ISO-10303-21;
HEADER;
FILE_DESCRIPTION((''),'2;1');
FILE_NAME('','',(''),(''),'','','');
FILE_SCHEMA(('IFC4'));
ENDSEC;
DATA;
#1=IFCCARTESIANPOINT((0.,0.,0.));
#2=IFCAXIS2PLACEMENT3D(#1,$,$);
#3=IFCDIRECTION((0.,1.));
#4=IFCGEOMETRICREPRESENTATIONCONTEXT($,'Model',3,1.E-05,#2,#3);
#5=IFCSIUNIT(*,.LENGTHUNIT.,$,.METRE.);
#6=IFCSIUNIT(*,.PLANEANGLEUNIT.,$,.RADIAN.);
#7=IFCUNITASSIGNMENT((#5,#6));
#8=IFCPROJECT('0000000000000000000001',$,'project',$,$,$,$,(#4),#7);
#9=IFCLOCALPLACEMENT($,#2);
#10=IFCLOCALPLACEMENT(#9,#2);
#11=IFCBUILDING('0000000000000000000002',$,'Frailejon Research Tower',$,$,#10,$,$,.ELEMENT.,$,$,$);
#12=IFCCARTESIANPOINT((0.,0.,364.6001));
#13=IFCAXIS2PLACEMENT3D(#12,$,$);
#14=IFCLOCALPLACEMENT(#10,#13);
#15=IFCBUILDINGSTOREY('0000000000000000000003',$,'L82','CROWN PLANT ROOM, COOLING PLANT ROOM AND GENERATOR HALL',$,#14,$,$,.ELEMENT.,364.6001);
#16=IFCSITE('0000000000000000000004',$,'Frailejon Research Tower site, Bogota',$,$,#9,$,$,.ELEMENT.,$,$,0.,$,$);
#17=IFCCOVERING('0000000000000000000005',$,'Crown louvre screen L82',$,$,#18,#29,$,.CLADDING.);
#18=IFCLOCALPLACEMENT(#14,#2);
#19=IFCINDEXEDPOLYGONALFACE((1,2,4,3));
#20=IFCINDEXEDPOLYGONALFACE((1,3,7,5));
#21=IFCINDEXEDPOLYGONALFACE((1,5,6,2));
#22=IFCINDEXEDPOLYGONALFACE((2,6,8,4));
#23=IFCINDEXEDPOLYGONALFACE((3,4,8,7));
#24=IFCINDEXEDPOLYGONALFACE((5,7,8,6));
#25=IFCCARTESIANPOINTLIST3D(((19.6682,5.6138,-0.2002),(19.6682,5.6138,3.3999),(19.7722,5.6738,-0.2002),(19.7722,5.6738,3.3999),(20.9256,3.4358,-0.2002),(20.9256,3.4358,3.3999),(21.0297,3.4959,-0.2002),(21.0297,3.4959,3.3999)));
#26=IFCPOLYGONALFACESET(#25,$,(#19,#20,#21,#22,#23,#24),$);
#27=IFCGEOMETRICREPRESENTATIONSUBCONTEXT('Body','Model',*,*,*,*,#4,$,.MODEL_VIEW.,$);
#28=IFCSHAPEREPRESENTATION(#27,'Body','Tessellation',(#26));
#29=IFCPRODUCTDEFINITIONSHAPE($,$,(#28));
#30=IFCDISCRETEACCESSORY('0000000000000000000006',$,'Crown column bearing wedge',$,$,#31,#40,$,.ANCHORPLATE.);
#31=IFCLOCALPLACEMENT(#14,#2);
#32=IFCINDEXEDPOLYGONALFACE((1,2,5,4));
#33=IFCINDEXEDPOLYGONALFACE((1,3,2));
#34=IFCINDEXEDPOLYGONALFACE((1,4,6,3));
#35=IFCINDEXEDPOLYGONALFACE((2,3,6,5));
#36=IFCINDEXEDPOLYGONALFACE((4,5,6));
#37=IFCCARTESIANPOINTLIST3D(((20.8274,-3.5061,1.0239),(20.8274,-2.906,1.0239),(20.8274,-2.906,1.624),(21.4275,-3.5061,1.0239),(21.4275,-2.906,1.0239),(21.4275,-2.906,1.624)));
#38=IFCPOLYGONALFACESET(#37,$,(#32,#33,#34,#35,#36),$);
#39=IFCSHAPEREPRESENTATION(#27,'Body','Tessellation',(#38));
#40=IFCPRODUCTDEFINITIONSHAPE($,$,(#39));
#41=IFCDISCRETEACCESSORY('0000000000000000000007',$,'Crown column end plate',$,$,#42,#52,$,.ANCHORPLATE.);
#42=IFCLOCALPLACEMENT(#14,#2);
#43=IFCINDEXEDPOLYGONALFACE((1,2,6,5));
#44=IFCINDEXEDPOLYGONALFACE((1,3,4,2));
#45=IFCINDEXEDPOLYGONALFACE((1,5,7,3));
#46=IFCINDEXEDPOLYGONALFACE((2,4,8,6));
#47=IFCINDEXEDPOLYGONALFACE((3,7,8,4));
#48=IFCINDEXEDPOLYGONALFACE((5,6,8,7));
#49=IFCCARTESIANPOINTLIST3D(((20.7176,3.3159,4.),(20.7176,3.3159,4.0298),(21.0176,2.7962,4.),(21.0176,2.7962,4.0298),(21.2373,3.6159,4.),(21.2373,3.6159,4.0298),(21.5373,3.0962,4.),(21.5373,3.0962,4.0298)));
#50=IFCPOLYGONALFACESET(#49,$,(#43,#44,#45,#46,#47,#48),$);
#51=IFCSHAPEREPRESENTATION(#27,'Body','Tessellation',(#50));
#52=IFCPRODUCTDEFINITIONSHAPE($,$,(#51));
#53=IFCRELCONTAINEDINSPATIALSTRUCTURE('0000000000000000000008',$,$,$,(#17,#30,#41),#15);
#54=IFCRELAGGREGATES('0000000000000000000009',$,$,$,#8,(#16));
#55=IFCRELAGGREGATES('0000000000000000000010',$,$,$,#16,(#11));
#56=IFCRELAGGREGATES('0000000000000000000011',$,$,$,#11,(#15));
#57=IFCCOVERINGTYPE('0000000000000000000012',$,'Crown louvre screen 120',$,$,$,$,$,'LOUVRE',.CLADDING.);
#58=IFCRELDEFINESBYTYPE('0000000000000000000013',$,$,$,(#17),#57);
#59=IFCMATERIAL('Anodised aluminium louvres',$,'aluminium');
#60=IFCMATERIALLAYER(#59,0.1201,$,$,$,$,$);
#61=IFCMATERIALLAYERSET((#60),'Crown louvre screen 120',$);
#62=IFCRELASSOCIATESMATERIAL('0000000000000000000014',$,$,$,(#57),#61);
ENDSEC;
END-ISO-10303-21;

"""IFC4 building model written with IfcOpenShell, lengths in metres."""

from ifc_helpers import new_model, si_unit, direction, frame, origin, origin_2d, place, context, subcontext, project, spatial, polyline, rectangle, outline, extrude, material, layer, layer_set, type_object, element, save


model = new_model("IFC4")

# Units and contexts
model_context = context("Model", 3, precision=1e-05, world=origin(), true_north=direction((0.0, 1.0)))
body_context = subcontext(model_context, "Body", "Model", "MODEL_VIEW")
ifc_project = project(units=[si_unit("LENGTHUNIT", "METRE"), si_unit("PLANEANGLEUNIT", "RADIAN")], contexts=[model_context])

# Site, building, storey
site_placement = place(None, origin())
site = spatial("IfcSite", under=ifc_project, at=site_placement, Name="Frailejon Research Tower site, Bogota", CompositionType="ELEMENT", RefElevation=0.0)
building_placement = place(site_placement, origin())
building = spatial("IfcBuilding", under=site, at=building_placement, Name="Frailejon Research Tower", CompositionType="ELEMENT")
storey_placement = place(building_placement, frame((0.0, 0.0, 364.6001)))
storey = spatial("IfcBuildingStorey", under=building, at=storey_placement, Name="L82", Description="CROWN PLANT ROOM, COOLING PLANT ROOM AND GENERATOR HALL", CompositionType="ELEMENT", Elevation=364.6001)

# Covering
ifc_material_1 = material(Name="Anodised aluminium louvres", Category="aluminium")
ifc_layer_1 = layer(ifc_material_1, 0.1201)
ifc_layer_set_1 = layer_set([ifc_layer_1], Name="Crown louvre screen 120")
covering_type = type_object("IfcCoveringType", Name="Crown louvre screen 120", ElementType="LOUVRE", PredefinedType="CLADDING", material=ifc_layer_set_1)
covering_1_placement = place(storey_placement, frame((19.7202, 5.6438, -0.2002), z_axis=(0.499997, -0.866027, 0.0), x_axis=(0.866027, 0.499997, 0.0)))
element("IfcCovering", 1, at=covering_1_placement, inside=storey, type_object=covering_type, Name="Crown louvre screen L82", PredefinedType="CLADDING", context=body_context, shape_type="SweptSolid", body=[
    extrude(outline(polyline([(-0.0601, 0.0), (0.0601, 0.0), (0.0601, 3.6001), (-0.0601, 3.6001), (-0.0601, 0.0)])), origin(), (0.0, 0.0, 1.0), 2.5149),
])

# Discrete accessories
discrete_accessory_1_placement = place(storey_placement, frame((20.8274, -3.2061, 1.0239), z_axis=(1.0, 0.0, 0.0), x_axis=(0.0, 1.0, 0.0)))
element("IfcDiscreteAccessory", 2, at=discrete_accessory_1_placement, inside=storey, Name="Crown column bearing wedge", PredefinedType="ANCHORPLATE", context=body_context, shape_type="SweptSolid", body=[
    extrude(outline(polyline([(-0.3, 0.0), (0.3, 0.0), (0.3, 0.6001), (-0.3, 0.0)])), origin(), (0.0, 0.0, 1.0), 0.6001),
])
discrete_accessory_2_placement = place(storey_placement, frame((21.1274, 3.2061, 4.0), z_axis=(0.0, 0.0, 1.0), x_axis=(-0.5, 0.866025, 0.0)))
element("IfcDiscreteAccessory", 3, at=discrete_accessory_2_placement, inside=storey, Name="Crown column end plate", PredefinedType="ANCHORPLATE", context=body_context, shape_type="SweptSolid", body=[
    extrude(rectangle(XDim=0.6001, YDim=0.6001, at=origin_2d()), origin(), (0.0, 0.0, 1.0), 0.0298),
])

save(model, "model.ifc")
